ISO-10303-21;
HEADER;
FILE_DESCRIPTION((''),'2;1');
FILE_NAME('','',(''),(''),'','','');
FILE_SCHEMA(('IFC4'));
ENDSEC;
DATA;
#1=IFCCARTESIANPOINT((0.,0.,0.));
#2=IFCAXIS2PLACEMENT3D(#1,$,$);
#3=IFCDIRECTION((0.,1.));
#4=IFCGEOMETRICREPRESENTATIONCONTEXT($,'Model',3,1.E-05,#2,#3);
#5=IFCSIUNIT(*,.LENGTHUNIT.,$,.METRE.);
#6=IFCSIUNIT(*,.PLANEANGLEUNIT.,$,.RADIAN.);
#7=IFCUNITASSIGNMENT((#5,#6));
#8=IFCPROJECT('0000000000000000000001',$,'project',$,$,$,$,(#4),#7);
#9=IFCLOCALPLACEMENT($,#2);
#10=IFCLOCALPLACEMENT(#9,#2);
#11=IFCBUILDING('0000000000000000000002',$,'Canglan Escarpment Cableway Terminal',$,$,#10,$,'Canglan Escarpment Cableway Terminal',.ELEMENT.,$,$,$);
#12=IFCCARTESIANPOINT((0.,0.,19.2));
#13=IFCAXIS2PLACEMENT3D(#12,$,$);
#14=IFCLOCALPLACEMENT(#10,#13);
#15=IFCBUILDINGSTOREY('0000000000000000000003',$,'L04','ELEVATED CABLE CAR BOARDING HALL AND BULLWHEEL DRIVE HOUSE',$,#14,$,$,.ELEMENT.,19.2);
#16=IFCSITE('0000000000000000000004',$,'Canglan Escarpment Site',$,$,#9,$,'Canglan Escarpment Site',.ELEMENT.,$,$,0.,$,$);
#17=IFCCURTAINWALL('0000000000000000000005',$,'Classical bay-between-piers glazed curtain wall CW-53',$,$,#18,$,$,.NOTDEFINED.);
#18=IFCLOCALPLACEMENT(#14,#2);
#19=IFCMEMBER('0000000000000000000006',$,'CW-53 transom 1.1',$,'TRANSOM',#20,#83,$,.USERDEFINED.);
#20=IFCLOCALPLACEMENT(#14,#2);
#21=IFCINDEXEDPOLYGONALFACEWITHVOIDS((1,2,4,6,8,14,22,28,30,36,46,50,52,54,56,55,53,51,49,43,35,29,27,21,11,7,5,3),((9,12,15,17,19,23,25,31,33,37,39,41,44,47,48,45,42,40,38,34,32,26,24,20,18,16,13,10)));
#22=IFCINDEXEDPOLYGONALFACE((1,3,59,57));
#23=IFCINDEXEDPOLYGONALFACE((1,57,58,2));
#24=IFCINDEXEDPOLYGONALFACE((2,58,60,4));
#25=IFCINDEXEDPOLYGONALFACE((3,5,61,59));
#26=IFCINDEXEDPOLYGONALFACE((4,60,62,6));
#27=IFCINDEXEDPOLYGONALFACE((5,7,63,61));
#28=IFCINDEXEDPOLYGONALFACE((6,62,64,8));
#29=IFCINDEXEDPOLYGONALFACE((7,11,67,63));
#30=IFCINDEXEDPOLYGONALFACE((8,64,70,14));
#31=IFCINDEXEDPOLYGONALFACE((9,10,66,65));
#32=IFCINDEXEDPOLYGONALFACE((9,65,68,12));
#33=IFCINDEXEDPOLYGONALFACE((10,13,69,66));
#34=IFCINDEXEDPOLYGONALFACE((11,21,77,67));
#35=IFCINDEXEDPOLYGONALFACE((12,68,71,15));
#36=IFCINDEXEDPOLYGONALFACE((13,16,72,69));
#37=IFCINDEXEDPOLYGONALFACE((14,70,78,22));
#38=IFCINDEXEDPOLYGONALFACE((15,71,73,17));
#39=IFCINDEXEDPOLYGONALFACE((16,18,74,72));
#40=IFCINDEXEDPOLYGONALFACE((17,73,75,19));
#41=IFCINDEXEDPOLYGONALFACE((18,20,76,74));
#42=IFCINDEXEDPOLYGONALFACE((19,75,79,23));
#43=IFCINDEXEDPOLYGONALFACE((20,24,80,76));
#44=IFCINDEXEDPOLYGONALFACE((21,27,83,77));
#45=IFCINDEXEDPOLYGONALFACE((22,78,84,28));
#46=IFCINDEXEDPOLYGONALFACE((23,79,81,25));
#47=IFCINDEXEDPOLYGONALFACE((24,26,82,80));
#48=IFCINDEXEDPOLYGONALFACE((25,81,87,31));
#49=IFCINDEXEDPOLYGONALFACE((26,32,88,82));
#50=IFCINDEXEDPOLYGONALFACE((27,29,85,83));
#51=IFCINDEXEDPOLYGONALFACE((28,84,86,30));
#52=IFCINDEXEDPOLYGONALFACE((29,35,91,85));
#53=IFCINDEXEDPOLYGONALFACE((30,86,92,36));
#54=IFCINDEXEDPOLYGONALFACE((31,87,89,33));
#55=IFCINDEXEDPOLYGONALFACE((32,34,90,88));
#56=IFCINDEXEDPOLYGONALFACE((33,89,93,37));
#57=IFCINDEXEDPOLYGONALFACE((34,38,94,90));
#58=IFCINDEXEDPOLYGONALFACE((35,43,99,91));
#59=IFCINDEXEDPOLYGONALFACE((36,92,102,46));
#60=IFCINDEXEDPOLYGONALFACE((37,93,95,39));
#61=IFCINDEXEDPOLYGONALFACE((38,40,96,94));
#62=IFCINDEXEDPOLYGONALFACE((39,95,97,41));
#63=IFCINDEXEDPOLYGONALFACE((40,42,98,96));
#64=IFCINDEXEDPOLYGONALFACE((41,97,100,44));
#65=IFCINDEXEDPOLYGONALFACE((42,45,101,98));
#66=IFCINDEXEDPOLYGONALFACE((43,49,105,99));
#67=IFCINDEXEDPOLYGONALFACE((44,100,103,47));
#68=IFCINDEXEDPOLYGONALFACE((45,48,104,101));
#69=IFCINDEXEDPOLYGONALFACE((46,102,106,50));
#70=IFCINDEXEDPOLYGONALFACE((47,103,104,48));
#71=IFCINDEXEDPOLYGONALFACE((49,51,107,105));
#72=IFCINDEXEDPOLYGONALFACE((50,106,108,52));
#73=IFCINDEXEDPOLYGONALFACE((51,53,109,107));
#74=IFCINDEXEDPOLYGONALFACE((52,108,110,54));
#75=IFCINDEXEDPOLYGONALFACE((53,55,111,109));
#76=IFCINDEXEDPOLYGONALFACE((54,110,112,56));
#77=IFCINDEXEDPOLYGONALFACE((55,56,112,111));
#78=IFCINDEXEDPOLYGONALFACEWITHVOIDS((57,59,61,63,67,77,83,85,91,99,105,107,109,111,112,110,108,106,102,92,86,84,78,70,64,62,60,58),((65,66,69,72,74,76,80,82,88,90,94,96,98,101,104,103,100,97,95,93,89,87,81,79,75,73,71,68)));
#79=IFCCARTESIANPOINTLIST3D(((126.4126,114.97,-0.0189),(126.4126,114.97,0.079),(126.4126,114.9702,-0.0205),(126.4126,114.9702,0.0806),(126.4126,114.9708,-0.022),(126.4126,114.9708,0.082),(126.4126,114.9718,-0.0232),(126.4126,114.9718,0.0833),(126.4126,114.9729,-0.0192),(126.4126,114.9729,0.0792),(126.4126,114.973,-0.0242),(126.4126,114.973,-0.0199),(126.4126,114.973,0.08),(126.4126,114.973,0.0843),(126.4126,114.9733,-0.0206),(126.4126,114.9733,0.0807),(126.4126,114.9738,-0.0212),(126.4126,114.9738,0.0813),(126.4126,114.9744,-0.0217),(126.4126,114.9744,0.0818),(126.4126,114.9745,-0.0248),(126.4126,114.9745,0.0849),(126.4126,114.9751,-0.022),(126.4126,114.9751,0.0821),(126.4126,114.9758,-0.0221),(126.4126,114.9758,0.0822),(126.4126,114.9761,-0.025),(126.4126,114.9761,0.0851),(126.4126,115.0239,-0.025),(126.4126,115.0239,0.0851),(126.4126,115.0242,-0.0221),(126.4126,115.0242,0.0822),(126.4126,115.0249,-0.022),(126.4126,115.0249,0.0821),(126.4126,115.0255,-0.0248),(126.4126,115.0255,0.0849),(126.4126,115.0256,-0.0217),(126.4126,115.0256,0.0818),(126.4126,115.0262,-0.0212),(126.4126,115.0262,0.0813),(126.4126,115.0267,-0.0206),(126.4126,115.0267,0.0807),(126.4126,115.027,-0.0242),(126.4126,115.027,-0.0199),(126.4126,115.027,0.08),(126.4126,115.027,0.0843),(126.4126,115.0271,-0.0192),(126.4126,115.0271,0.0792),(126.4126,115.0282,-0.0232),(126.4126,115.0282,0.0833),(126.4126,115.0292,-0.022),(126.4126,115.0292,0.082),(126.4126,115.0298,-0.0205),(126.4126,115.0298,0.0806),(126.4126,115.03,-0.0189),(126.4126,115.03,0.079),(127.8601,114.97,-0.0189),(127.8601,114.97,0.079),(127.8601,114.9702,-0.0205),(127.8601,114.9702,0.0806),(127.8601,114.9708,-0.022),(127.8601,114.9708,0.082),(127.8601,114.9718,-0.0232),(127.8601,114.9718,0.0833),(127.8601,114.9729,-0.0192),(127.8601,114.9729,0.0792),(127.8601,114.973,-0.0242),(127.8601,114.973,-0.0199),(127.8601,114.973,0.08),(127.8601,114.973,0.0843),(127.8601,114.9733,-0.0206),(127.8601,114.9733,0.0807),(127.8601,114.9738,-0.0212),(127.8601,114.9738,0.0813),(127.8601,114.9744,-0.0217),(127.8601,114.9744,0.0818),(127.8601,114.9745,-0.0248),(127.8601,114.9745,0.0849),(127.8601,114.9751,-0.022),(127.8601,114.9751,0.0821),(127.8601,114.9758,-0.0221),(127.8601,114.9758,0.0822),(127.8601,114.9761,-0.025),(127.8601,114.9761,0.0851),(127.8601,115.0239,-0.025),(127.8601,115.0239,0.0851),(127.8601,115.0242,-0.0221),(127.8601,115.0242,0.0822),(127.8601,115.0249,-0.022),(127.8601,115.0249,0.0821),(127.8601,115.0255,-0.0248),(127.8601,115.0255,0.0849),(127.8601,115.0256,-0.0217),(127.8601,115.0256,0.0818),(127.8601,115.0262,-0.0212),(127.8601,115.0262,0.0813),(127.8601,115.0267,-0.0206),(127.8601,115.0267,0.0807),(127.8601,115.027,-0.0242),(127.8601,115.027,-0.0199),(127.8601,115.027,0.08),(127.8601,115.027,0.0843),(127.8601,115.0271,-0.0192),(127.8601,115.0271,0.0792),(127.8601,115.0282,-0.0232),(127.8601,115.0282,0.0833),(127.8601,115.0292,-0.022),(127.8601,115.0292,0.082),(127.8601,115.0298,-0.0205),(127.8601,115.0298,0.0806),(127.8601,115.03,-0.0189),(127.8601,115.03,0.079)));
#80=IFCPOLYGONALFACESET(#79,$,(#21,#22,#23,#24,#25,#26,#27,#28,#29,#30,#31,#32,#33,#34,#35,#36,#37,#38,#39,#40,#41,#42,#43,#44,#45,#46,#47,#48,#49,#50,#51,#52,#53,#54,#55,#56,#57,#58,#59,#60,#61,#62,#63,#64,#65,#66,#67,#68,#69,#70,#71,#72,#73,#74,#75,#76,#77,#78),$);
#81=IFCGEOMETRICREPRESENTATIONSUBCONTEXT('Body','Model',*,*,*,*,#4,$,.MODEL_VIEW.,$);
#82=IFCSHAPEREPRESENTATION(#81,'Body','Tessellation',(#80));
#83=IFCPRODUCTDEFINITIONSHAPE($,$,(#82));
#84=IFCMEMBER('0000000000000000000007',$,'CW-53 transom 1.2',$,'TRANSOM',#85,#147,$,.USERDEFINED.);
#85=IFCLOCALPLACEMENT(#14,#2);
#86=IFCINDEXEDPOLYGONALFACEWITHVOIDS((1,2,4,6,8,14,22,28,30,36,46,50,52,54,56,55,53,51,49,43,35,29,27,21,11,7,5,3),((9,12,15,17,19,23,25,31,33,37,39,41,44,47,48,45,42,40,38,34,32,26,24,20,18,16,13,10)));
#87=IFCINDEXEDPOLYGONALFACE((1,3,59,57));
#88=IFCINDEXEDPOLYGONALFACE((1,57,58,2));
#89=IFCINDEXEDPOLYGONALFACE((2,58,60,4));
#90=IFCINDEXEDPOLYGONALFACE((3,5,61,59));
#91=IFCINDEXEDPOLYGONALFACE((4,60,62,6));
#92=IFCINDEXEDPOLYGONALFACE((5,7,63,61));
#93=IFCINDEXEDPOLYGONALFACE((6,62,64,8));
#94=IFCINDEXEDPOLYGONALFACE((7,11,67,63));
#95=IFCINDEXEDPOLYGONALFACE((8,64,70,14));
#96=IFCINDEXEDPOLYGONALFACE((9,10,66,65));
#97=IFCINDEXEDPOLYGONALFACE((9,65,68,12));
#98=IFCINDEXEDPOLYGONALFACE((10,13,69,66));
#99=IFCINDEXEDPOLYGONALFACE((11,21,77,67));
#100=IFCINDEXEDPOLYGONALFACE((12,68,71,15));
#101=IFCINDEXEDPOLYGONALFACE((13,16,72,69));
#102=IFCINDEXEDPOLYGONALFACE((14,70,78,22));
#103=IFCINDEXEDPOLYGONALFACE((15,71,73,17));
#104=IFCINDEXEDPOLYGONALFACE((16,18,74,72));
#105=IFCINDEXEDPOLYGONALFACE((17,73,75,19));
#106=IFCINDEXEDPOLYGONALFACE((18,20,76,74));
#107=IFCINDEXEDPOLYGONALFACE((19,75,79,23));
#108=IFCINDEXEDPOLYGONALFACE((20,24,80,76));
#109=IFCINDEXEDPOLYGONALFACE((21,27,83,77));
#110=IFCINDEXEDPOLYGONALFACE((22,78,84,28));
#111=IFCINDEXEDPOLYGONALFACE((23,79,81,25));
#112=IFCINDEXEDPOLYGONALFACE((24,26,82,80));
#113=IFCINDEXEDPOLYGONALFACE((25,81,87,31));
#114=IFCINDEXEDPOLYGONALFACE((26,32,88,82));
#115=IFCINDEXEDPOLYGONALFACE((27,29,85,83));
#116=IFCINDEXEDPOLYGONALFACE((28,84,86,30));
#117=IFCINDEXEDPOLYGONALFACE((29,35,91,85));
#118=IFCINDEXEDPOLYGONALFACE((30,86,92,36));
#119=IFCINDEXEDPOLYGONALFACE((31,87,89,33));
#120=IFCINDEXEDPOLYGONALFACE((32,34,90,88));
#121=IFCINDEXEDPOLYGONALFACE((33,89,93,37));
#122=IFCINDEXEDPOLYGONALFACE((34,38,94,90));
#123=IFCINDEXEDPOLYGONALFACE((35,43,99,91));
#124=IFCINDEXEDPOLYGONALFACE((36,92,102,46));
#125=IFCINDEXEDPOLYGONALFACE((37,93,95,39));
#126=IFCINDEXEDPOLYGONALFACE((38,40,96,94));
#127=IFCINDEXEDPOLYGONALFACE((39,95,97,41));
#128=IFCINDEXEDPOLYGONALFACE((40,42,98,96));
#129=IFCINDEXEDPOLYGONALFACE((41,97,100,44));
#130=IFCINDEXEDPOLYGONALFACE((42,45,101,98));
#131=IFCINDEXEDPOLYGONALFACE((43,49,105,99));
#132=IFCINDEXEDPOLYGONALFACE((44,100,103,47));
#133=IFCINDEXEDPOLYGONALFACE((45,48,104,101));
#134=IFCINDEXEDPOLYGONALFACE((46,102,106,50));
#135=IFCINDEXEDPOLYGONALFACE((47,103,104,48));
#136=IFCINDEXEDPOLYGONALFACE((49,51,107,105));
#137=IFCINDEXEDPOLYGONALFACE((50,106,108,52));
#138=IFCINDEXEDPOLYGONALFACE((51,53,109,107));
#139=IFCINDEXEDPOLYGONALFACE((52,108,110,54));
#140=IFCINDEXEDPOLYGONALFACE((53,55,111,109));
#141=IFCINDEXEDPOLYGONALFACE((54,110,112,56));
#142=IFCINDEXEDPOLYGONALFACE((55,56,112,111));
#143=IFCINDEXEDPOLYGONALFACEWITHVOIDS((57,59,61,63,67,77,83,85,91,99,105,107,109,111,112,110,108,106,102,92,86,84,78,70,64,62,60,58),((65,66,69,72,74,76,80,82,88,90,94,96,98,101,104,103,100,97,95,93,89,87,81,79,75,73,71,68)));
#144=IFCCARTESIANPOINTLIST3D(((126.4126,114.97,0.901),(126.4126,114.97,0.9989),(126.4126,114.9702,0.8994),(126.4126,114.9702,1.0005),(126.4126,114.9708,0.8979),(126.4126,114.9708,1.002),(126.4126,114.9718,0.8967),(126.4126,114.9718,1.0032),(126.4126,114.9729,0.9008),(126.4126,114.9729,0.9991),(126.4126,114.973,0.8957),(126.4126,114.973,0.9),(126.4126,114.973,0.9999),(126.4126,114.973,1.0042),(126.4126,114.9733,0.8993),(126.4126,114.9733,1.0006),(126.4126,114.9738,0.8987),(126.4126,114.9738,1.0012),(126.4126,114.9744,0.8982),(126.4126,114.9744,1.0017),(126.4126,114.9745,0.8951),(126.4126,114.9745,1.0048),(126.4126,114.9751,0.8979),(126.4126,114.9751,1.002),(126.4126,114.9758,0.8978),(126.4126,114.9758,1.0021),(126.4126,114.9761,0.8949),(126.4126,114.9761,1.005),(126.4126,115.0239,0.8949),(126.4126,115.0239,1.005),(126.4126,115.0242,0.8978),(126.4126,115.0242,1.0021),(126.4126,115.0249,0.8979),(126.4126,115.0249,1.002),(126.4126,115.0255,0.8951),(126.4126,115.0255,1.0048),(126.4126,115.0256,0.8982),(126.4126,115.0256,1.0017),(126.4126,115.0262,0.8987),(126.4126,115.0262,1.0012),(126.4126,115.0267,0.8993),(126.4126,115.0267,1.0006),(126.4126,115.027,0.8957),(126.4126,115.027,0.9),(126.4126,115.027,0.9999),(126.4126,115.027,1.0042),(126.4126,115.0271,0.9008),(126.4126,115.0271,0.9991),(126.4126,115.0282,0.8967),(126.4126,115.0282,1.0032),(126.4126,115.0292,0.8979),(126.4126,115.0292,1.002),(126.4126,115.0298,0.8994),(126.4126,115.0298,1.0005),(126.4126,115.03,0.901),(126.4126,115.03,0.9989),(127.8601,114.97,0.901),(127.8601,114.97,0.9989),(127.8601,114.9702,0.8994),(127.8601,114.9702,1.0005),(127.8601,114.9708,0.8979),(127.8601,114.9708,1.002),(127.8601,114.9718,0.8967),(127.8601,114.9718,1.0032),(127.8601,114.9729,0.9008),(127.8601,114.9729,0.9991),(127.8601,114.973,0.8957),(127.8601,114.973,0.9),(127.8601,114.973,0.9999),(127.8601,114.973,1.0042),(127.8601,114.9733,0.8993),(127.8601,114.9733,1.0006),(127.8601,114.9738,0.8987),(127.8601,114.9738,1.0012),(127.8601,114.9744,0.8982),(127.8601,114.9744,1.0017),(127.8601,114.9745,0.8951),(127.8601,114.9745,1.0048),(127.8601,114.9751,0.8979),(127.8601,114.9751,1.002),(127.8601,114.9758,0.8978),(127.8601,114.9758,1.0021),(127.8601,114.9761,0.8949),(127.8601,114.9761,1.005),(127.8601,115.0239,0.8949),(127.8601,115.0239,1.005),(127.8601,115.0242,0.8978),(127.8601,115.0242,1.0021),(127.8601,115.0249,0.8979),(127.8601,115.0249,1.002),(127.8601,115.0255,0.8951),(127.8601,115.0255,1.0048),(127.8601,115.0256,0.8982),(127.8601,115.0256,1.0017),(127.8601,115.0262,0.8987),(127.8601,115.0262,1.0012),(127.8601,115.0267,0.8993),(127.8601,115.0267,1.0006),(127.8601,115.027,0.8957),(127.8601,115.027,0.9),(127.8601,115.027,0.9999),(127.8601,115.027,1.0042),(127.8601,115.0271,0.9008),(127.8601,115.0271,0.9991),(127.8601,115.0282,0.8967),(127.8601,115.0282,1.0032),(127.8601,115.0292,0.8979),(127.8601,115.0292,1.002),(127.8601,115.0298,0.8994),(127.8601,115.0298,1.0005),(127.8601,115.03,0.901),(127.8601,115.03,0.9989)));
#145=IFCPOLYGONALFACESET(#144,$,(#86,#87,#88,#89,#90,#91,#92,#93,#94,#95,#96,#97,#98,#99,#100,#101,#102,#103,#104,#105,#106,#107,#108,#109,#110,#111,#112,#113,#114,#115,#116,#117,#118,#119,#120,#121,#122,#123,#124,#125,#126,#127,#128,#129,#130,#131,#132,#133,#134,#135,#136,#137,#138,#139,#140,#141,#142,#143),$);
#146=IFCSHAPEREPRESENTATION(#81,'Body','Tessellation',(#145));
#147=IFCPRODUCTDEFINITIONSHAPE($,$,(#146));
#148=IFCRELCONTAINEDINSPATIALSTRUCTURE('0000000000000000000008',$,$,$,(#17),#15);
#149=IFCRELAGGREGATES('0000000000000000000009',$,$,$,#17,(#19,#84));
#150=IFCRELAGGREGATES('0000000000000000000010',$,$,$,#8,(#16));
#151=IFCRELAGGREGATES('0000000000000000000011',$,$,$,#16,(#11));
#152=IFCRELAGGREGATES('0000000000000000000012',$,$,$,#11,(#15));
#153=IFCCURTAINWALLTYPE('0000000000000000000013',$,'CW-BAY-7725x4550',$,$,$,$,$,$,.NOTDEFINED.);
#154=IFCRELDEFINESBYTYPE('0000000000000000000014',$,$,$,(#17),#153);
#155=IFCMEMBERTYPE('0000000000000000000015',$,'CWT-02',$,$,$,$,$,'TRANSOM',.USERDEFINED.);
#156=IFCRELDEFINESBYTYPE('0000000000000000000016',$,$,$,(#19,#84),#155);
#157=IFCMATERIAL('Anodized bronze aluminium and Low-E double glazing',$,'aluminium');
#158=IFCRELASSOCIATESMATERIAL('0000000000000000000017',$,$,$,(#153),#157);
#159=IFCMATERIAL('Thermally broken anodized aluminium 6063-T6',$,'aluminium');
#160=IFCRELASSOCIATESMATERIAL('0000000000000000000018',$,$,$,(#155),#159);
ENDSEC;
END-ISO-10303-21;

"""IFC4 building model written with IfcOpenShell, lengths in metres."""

from ifc_helpers import new_model, si_unit, direction, frame, origin, origin_2d, place, context, subcontext, project, spatial, hollow_rectangle, extrude, material, material_profile, profile_set, type_object, element, aggregate, save


model = new_model("IFC4")

# Units and contexts
model_context = context("Model", 3, precision=1e-05, world=origin(), true_north=direction((0.0, 1.0)))
body_context = subcontext(model_context, "Body", "Model", "MODEL_VIEW")
ifc_project = project(units=[si_unit("LENGTHUNIT", "METRE"), si_unit("PLANEANGLEUNIT", "RADIAN")], contexts=[model_context])

# Site, building, storey
site_placement = place(None, origin())
site = spatial("IfcSite", under=ifc_project, at=site_placement, Name="Canglan Escarpment Site", LongName="Canglan Escarpment Site", CompositionType="ELEMENT", RefElevation=0.0)
building_placement = place(site_placement, origin())
building = spatial("IfcBuilding", under=site, at=building_placement, Name="Canglan Escarpment Cableway Terminal", LongName="Canglan Escarpment Cableway Terminal", CompositionType="ELEMENT")
storey_placement = place(building_placement, frame((0.0, 0.0, 19.2)))
storey = spatial("IfcBuildingStorey", under=building, at=storey_placement, Name="L04", Description="ELEVATED CABLE CAR BOARDING HALL AND BULLWHEEL DRIVE HOUSE", CompositionType="ELEMENT", Elevation=19.2)

# Curtain wall
ifc_material_1 = material(Name="Anodized bronze aluminium and Low-E double glazing", Category="aluminium")
curtain_wall_type_1 = type_object("IfcCurtainWallType", Name="CW-BAY-7725x4550", PredefinedType="NOTDEFINED", material=ifc_material_1)
curtain_wall_1_placement = place(storey_placement, origin())
curtain_wall_1 = element("IfcCurtainWall", 1, at=curtain_wall_1_placement, inside=storey, type_object=curtain_wall_type_1, Name="Classical bay-between-piers glazed curtain wall CW-53", PredefinedType="NOTDEFINED")
ifc_material_2 = material(Name="Thermally broken anodized aluminium 6063-T6", Category="aluminium")

# Members
ifc_material_profile_1 = material_profile(ifc_material_2, hollow_rectangle(XDim=0.0601, YDim=0.1101, WallThickness=0.0029, InnerFilletRadius=0.0029, OuterFilletRadius=0.0061, at=origin_2d()), Name="ALU-TRAN 60x110x3")
ifc_profile_set_1 = profile_set([ifc_material_profile_1], Name="Thermally broken anodized aluminium 6063-T6")
member_type_1 = type_object("IfcMemberType", Name="CWT-02", ElementType="TRANSOM", PredefinedType="USERDEFINED", material=ifc_profile_set_1)
member_1_placement = place(storey_placement, frame((127.8601, 115.0, 0.03), z_axis=(-1.0, 0.0, 0.0), x_axis=(0.0, -1.0, 0.0)))
member_1 = element("IfcMember", 2, at=member_1_placement, type_object=member_type_1, Name="CW-53 transom 1.1", ObjectType="TRANSOM", PredefinedType="USERDEFINED", context=body_context, shape_type="SweptSolid", body=[
    extrude(hollow_rectangle(XDim=0.0601, YDim=0.1101, WallThickness=0.0029, InnerFilletRadius=0.0029, OuterFilletRadius=0.0061, at=origin_2d()), origin(), (0.0, 0.0, 1.0), 1.4475),
])
member_2_placement = place(storey_placement, frame((127.8601, 115.0, 0.95), z_axis=(-1.0, 0.0, 0.0), x_axis=(0.0, -1.0, 0.0)))
member_2 = element("IfcMember", 3, at=member_2_placement, type_object=member_type_1, Name="CW-53 transom 1.2", ObjectType="TRANSOM", PredefinedType="USERDEFINED", context=body_context, shape_type="SweptSolid", body=[
    extrude(hollow_rectangle(XDim=0.0601, YDim=0.1101, WallThickness=0.0029, InnerFilletRadius=0.0029, OuterFilletRadius=0.0061, at=origin_2d()), origin(), (0.0, 0.0, 1.0), 1.4475),
])

aggregate(curtain_wall_1, [member_1, member_2])

save(model, "model.ifc")
